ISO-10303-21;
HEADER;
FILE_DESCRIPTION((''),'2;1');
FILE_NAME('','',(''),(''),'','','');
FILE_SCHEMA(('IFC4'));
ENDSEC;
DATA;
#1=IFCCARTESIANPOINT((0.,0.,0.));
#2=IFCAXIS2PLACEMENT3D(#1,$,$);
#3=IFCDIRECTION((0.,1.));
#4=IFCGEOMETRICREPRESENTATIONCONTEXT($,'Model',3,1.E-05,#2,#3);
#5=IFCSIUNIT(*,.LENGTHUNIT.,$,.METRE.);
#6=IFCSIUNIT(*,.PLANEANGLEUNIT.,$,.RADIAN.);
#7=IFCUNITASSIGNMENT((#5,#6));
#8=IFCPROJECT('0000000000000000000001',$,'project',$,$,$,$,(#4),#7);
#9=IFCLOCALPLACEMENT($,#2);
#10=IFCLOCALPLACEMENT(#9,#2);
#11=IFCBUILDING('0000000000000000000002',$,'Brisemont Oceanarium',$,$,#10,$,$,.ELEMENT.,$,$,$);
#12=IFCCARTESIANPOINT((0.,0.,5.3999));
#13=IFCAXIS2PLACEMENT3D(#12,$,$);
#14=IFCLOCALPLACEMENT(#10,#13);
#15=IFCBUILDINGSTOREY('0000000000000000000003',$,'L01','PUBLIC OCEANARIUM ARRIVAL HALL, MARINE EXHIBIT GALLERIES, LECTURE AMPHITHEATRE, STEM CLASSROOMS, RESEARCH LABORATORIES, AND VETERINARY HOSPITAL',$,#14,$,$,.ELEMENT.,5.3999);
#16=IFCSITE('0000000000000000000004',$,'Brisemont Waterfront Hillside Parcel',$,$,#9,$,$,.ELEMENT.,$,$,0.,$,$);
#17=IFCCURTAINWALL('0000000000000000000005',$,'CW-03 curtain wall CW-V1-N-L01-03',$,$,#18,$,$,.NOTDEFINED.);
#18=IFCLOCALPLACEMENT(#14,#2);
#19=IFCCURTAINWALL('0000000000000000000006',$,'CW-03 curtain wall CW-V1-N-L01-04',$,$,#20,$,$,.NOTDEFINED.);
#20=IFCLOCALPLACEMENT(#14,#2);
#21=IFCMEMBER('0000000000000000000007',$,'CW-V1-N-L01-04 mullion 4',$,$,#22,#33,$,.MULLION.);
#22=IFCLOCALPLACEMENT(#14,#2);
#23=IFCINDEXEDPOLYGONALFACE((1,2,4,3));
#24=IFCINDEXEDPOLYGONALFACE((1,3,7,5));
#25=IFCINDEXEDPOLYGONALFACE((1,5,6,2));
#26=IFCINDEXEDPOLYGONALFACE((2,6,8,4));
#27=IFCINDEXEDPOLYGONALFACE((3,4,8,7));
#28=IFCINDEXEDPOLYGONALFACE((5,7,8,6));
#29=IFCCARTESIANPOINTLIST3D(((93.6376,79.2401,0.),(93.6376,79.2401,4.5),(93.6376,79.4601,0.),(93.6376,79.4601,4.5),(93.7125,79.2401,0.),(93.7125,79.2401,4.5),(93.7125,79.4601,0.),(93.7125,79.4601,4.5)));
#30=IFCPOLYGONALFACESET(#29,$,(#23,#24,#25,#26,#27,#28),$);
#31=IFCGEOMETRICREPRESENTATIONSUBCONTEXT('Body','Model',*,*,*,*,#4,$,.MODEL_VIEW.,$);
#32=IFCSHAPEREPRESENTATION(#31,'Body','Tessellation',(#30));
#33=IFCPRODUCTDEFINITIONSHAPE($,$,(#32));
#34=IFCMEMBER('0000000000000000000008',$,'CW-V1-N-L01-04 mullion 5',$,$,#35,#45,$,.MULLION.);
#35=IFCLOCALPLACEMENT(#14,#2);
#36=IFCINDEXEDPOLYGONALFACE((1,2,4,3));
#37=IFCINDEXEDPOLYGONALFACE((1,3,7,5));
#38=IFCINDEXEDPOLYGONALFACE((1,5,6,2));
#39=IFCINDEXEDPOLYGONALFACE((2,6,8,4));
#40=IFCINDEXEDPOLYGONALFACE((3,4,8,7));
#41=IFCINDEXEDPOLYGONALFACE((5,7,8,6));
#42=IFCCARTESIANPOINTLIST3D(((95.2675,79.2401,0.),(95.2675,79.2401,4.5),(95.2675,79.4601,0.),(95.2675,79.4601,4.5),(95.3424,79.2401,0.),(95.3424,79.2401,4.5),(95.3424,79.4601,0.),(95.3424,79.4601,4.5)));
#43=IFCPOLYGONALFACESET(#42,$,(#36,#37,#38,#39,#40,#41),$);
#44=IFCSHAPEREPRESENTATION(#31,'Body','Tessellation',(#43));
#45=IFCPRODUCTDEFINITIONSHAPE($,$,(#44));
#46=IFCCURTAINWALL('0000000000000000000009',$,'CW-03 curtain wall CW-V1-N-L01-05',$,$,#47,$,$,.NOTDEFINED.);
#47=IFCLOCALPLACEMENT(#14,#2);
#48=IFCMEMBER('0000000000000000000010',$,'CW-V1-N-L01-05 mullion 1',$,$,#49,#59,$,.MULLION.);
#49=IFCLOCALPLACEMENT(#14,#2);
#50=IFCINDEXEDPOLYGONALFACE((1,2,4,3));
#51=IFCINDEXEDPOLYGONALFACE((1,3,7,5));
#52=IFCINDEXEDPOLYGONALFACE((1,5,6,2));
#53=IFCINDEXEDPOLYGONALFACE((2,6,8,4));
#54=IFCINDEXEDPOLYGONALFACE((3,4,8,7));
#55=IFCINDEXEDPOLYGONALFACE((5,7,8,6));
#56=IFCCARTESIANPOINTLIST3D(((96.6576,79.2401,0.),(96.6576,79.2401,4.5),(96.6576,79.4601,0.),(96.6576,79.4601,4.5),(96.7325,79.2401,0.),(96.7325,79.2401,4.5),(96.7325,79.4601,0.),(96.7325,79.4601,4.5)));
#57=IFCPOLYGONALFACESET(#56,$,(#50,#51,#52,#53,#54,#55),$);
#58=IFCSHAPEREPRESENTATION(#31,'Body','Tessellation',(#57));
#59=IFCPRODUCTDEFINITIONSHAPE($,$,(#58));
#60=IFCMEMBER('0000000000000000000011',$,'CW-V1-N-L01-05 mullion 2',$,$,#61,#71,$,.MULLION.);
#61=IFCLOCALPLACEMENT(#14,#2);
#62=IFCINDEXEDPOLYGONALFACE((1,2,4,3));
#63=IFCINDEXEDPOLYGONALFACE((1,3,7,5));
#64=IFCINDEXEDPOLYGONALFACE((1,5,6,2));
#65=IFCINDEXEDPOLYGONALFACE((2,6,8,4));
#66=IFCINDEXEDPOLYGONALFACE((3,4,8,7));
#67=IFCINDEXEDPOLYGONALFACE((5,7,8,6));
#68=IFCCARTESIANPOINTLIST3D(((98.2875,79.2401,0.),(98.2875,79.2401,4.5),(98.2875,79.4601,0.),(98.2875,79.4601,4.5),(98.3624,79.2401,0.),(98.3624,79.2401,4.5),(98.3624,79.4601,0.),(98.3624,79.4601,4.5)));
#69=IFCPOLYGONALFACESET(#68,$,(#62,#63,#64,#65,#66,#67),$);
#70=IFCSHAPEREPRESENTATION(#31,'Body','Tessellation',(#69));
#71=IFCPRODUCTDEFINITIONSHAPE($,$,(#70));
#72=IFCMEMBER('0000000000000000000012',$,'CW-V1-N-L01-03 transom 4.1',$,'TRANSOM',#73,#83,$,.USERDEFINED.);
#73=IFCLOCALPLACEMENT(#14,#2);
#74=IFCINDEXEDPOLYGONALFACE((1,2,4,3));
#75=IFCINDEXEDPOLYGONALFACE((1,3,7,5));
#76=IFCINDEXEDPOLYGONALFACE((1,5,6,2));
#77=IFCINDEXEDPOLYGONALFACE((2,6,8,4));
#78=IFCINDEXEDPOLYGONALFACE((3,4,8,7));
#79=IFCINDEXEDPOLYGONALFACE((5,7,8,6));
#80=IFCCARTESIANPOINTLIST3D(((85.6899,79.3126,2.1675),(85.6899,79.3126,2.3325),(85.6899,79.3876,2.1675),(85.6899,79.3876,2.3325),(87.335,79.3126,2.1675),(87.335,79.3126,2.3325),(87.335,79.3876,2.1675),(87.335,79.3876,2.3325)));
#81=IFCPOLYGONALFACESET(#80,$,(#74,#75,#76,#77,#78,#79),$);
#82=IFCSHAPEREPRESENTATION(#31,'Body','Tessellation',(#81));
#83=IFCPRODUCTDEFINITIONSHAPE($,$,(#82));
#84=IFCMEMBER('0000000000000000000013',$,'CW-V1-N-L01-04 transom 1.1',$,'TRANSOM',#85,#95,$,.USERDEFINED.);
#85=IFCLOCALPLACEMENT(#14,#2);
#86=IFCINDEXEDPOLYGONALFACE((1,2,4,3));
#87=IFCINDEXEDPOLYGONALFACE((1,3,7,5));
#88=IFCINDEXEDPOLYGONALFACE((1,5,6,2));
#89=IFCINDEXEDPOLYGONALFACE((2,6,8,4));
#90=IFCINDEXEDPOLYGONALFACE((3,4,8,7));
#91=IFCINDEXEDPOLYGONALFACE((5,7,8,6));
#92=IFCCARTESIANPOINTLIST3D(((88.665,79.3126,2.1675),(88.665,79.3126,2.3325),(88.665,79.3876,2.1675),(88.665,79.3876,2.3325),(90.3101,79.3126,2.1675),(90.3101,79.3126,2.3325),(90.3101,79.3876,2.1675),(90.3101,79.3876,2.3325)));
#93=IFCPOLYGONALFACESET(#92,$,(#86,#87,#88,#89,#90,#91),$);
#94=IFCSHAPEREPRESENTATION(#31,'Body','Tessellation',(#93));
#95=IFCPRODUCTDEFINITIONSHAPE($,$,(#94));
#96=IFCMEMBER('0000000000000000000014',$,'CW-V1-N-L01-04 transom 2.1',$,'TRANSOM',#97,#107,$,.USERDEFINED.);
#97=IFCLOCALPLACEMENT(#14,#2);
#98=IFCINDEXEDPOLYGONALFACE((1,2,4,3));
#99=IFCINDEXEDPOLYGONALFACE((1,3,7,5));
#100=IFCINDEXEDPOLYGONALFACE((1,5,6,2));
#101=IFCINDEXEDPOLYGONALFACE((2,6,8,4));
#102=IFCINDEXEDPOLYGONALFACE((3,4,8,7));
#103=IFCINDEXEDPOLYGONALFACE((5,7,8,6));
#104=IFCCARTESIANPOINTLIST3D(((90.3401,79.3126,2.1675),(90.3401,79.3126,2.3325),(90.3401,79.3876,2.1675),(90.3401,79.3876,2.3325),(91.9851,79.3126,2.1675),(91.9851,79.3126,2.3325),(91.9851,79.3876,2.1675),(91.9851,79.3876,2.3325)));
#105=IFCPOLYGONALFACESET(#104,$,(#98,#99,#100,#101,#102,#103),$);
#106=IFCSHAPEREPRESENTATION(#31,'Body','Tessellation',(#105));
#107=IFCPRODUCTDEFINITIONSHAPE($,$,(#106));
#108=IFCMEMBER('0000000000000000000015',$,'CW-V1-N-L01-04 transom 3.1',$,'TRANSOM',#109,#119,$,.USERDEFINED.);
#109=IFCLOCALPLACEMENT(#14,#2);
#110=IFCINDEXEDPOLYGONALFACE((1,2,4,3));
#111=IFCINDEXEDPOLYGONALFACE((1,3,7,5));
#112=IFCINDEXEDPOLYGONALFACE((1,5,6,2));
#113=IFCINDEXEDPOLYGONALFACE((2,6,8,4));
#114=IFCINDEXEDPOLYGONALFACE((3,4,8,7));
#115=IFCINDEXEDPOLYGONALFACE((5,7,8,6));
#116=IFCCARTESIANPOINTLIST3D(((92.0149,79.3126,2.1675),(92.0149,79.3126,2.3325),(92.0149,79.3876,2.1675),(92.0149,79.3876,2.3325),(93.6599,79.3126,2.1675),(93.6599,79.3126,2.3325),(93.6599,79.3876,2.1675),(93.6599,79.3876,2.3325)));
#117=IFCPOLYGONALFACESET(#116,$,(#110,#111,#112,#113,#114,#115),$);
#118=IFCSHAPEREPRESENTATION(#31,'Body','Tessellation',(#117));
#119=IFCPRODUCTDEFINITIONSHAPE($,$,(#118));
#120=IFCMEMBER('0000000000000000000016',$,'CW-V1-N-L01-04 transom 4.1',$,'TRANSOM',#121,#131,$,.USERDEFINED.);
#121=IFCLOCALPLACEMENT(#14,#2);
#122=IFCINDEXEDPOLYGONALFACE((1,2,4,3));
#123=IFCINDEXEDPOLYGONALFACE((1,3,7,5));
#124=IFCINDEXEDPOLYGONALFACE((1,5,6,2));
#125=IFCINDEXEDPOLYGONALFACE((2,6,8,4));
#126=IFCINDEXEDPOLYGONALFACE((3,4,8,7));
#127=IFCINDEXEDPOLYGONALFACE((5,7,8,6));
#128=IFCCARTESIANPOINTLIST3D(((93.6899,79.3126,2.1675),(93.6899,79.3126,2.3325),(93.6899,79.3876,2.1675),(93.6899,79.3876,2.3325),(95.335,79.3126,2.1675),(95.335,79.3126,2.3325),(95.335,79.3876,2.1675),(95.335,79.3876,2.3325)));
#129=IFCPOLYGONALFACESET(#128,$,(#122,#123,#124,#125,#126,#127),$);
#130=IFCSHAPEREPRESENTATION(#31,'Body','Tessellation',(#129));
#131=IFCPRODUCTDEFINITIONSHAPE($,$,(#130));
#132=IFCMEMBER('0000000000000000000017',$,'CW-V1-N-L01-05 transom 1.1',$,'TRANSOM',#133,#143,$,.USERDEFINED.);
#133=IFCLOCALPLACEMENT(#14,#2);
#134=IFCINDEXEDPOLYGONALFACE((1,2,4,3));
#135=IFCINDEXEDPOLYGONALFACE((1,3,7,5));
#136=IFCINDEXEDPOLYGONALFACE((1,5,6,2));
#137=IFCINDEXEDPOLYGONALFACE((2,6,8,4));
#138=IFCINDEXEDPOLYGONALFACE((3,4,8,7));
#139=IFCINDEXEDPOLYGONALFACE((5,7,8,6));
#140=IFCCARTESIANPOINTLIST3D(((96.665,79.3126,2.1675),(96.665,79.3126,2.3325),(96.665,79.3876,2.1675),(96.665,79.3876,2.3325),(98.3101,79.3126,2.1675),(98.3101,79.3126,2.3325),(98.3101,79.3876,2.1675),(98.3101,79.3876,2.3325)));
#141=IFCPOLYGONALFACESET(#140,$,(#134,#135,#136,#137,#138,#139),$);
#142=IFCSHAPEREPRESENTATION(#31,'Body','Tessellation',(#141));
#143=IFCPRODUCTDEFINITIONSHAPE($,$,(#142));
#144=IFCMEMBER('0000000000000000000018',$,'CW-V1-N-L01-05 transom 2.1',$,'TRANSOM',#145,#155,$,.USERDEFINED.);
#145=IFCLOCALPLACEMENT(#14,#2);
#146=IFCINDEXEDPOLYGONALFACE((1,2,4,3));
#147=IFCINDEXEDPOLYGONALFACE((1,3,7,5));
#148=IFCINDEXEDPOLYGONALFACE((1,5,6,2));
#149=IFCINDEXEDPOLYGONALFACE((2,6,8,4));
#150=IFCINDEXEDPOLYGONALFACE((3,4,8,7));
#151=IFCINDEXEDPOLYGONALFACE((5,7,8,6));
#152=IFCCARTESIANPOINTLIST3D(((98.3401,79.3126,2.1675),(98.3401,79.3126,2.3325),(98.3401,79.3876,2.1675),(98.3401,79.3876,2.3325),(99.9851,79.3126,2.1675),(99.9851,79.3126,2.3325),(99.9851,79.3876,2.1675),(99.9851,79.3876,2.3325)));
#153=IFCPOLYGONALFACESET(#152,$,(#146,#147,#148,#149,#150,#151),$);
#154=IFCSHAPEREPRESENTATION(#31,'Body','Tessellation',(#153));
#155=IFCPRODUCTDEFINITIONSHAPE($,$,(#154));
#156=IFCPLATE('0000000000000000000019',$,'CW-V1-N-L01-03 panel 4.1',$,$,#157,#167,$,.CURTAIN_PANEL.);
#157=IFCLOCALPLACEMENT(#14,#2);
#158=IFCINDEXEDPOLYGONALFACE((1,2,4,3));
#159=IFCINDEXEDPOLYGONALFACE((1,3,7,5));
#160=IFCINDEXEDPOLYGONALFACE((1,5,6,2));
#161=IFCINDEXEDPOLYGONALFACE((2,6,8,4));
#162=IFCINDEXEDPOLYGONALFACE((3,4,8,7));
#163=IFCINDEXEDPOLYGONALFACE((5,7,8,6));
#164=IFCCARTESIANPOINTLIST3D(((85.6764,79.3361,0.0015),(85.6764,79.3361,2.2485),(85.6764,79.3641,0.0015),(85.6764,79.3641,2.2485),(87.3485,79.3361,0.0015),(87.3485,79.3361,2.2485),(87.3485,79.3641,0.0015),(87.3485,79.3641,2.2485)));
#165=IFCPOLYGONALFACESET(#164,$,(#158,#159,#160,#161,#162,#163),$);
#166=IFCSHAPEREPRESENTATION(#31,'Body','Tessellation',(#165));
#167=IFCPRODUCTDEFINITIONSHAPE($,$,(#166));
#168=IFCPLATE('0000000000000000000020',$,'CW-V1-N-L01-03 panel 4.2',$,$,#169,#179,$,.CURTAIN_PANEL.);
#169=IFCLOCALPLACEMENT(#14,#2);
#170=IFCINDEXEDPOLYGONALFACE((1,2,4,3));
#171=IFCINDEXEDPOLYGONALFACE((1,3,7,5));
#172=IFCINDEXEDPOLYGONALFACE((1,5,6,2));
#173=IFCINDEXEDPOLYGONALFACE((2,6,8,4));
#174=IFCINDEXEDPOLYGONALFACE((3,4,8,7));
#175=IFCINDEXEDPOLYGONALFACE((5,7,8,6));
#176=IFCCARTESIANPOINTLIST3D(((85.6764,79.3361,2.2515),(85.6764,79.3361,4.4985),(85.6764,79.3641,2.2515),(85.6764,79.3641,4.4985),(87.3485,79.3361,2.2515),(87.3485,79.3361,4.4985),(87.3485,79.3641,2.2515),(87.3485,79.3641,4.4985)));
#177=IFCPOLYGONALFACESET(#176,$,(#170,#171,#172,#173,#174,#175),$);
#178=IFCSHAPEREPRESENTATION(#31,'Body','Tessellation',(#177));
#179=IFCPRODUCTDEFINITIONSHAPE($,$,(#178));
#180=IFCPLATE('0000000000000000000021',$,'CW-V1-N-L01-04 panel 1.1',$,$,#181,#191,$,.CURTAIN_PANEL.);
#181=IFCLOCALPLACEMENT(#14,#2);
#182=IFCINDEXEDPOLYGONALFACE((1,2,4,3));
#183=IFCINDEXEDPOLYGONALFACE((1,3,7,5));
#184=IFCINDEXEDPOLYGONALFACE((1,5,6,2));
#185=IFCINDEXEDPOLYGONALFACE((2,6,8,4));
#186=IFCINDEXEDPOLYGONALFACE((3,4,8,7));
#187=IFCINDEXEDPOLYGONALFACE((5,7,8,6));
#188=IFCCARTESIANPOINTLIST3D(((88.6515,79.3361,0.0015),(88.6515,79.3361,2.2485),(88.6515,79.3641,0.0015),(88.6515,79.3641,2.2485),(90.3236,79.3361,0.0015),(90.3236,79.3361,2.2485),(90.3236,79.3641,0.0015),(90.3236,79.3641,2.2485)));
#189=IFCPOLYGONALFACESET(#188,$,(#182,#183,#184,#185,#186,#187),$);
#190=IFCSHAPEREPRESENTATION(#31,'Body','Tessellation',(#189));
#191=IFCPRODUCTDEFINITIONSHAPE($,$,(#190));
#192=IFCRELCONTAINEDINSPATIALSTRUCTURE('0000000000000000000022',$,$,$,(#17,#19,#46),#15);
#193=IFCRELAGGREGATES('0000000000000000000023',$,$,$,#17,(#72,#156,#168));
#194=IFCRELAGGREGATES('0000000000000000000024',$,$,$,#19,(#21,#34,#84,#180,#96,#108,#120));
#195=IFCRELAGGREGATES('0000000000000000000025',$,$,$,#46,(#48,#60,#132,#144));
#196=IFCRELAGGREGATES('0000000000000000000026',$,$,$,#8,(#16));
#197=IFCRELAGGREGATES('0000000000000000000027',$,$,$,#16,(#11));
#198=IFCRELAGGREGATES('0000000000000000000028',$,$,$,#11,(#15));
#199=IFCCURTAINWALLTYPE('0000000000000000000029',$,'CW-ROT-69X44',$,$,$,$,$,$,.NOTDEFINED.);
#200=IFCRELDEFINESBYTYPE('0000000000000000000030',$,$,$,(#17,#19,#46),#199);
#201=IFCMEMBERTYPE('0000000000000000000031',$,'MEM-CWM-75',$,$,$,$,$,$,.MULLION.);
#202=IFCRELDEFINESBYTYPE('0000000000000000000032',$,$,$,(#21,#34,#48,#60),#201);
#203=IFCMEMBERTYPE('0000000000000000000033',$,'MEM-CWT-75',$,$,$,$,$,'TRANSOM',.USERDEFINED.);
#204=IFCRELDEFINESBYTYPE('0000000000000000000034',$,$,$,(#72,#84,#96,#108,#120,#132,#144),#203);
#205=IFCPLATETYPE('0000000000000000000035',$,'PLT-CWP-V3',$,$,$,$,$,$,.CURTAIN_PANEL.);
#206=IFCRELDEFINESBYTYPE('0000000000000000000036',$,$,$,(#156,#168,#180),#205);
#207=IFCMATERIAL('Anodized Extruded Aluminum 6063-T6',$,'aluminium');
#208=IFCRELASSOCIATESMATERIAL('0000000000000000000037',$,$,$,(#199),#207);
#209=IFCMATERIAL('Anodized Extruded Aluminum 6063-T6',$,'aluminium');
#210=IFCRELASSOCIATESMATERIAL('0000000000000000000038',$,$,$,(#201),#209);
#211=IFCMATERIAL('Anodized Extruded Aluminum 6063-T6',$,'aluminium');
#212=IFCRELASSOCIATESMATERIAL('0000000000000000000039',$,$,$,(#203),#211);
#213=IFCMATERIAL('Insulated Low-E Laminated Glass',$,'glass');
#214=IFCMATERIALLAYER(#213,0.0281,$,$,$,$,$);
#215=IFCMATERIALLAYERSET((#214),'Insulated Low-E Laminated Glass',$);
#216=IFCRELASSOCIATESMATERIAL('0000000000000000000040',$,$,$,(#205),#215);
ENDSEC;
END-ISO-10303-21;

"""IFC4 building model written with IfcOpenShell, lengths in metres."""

from ifc_helpers import new_model, si_unit, direction, frame, origin, origin_2d, place, context, subcontext, project, spatial, rectangle, extrude, material, layer, layer_set, material_profile, profile_set, type_object, element, aggregate, save


model = new_model("IFC4")

# Units and contexts
model_context = context("Model", 3, precision=1e-05, world=origin(), true_north=direction((0.0, 1.0)))
body_context = subcontext(model_context, "Body", "Model", "MODEL_VIEW")
ifc_project = project(units=[si_unit("LENGTHUNIT", "METRE"), si_unit("PLANEANGLEUNIT", "RADIAN")], contexts=[model_context])

# Site, building, storey
site_placement = place(None, origin())
site = spatial("IfcSite", under=ifc_project, at=site_placement, Name="Brisemont Waterfront Hillside Parcel", CompositionType="ELEMENT", RefElevation=0.0)
building_placement = place(site_placement, origin())
building = spatial("IfcBuilding", under=site, at=building_placement, Name="Brisemont Oceanarium", CompositionType="ELEMENT")
storey_placement = place(building_placement, frame((0.0, 0.0, 5.3999)))
storey = spatial("IfcBuildingStorey", under=building, at=storey_placement, Name="L01", Description="PUBLIC OCEANARIUM ARRIVAL HALL, MARINE EXHIBIT GALLERIES, LECTURE AMPHITHEATRE, STEM CLASSROOMS, RESEARCH LABORATORIES, AND VETERINARY HOSPITAL", CompositionType="ELEMENT", Elevation=5.3999)

# Curtain walls, members
ifc_material_1 = material(Name="Anodized Extruded Aluminum 6063-T6", Category="aluminium")
curtain_wall_type = type_object("IfcCurtainWallType", Name="CW-ROT-69X44", PredefinedType="NOTDEFINED", material=ifc_material_1)
curtain_wall_1_placement = place(storey_placement, origin())
curtain_wall_1 = element("IfcCurtainWall", 1, at=curtain_wall_1_placement, inside=storey, type_object=curtain_wall_type, Name="CW-03 curtain wall CW-V1-N-L01-03", PredefinedType="NOTDEFINED")
ifc_material_2 = material(Name="Anodized Extruded Aluminum 6063-T6", Category="aluminium")
ifc_material_profile_1 = material_profile(ifc_material_2, rectangle(XDim=0.075, YDim=0.22, at=origin_2d()), Name="CWM-75X220")
ifc_profile_set_1 = profile_set([ifc_material_profile_1], Name="Anodized Extruded Aluminum 6063-T6")
member_type_1 = type_object("IfcMemberType", Name="MEM-CWM-75", PredefinedType="MULLION", material=ifc_profile_set_1)
curtain_wall_2_placement = place(storey_placement, origin())
curtain_wall_2 = element("IfcCurtainWall", 2, at=curtain_wall_2_placement, inside=storey, type_object=curtain_wall_type, Name="CW-03 curtain wall CW-V1-N-L01-04", PredefinedType="NOTDEFINED")
member_1_placement = place(storey_placement, frame((93.675, 79.3501, 0.0), z_axis=(0.0, 0.0, 1.0), x_axis=(1.0, 0.0, 0.0)))
member_1 = element("IfcMember", 3, at=member_1_placement, type_object=member_type_1, Name="CW-V1-N-L01-04 mullion 4", PredefinedType="MULLION", context=body_context, shape_type="SweptSolid", body=[
    extrude(rectangle(XDim=0.075, YDim=0.22, at=origin_2d()), origin(), (0.0, 0.0, 1.0), 4.5),
])
member_2_placement = place(storey_placement, frame((95.3049, 79.3501, 0.0), z_axis=(0.0, 0.0, 1.0), x_axis=(1.0, 0.0, 0.0)))
member_2 = element("IfcMember", 4, at=member_2_placement, type_object=member_type_1, Name="CW-V1-N-L01-04 mullion 5", PredefinedType="MULLION", context=body_context, shape_type="SweptSolid", body=[
    extrude(rectangle(XDim=0.075, YDim=0.22, at=origin_2d()), origin(), (0.0, 0.0, 1.0), 4.5),
])
curtain_wall_3_placement = place(storey_placement, origin())
curtain_wall_3 = element("IfcCurtainWall", 5, at=curtain_wall_3_placement, inside=storey, type_object=curtain_wall_type, Name="CW-03 curtain wall CW-V1-N-L01-05", PredefinedType="NOTDEFINED")
member_3_placement = place(storey_placement, frame((96.6951, 79.3501, 0.0), z_axis=(0.0, 0.0, 1.0), x_axis=(1.0, 0.0, 0.0)))
member_3 = element("IfcMember", 6, at=member_3_placement, type_object=member_type_1, Name="CW-V1-N-L01-05 mullion 1", PredefinedType="MULLION", context=body_context, shape_type="SweptSolid", body=[
    extrude(rectangle(XDim=0.075, YDim=0.22, at=origin_2d()), origin(), (0.0, 0.0, 1.0), 4.5),
])
member_4_placement = place(storey_placement, frame((98.325, 79.3501, 0.0), z_axis=(0.0, 0.0, 1.0), x_axis=(1.0, 0.0, 0.0)))
member_4 = element("IfcMember", 7, at=member_4_placement, type_object=member_type_1, Name="CW-V1-N-L01-05 mullion 2", PredefinedType="MULLION", context=body_context, shape_type="SweptSolid", body=[
    extrude(rectangle(XDim=0.075, YDim=0.22, at=origin_2d()), origin(), (0.0, 0.0, 1.0), 4.5),
])

# Members
ifc_material_3 = material(Name="Anodized Extruded Aluminum 6063-T6", Category="aluminium")
ifc_material_profile_2 = material_profile(ifc_material_3, rectangle(XDim=0.075, YDim=0.165, at=origin_2d()), Name="CWT-75X165")
ifc_profile_set_2 = profile_set([ifc_material_profile_2], Name="Anodized Extruded Aluminum 6063-T6")
member_type_2 = type_object("IfcMemberType", Name="MEM-CWT-75", ElementType="TRANSOM", PredefinedType="USERDEFINED", material=ifc_profile_set_2)
member_5_placement = place(storey_placement, frame((85.6899, 79.3501, 2.25), z_axis=(1.0, 0.0, 0.0), x_axis=(0.0, 1.0, 0.0)))
member_5 = element("IfcMember", 8, at=member_5_placement, type_object=member_type_2, Name="CW-V1-N-L01-03 transom 4.1", ObjectType="TRANSOM", PredefinedType="USERDEFINED", context=body_context, shape_type="SweptSolid", body=[
    extrude(rectangle(XDim=0.075, YDim=0.165, at=origin_2d()), origin(), (0.0, 0.0, 1.0), 1.645),
])
member_6_placement = place(storey_placement, frame((88.665, 79.3501, 2.25), z_axis=(1.0, 0.0, 0.0), x_axis=(0.0, 1.0, 0.0)))
member_6 = element("IfcMember", 9, at=member_6_placement, type_object=member_type_2, Name="CW-V1-N-L01-04 transom 1.1", ObjectType="TRANSOM", PredefinedType="USERDEFINED", context=body_context, shape_type="SweptSolid", body=[
    extrude(rectangle(XDim=0.075, YDim=0.165, at=origin_2d()), origin(), (0.0, 0.0, 1.0), 1.645),
])
member_7_placement = place(storey_placement, frame((90.3401, 79.3501, 2.25), z_axis=(1.0, 0.0, 0.0), x_axis=(0.0, 1.0, 0.0)))
member_7 = element("IfcMember", 10, at=member_7_placement, type_object=member_type_2, Name="CW-V1-N-L01-04 transom 2.1", ObjectType="TRANSOM", PredefinedType="USERDEFINED", context=body_context, shape_type="SweptSolid", body=[
    extrude(rectangle(XDim=0.075, YDim=0.165, at=origin_2d()), origin(), (0.0, 0.0, 1.0), 1.645),
])
member_8_placement = place(storey_placement, frame((92.0149, 79.3501, 2.25), z_axis=(1.0, 0.0, 0.0), x_axis=(0.0, 1.0, 0.0)))
member_8 = element("IfcMember", 11, at=member_8_placement, type_object=member_type_2, Name="CW-V1-N-L01-04 transom 3.1", ObjectType="TRANSOM", PredefinedType="USERDEFINED", context=body_context, shape_type="SweptSolid", body=[
    extrude(rectangle(XDim=0.075, YDim=0.165, at=origin_2d()), origin(), (0.0, 0.0, 1.0), 1.645),
])
member_9_placement = place(storey_placement, frame((93.6899, 79.3501, 2.25), z_axis=(1.0, 0.0, 0.0), x_axis=(0.0, 1.0, 0.0)))
member_9 = element("IfcMember", 12, at=member_9_placement, type_object=member_type_2, Name="CW-V1-N-L01-04 transom 4.1", ObjectType="TRANSOM", PredefinedType="USERDEFINED", context=body_context, shape_type="SweptSolid", body=[
    extrude(rectangle(XDim=0.075, YDim=0.165, at=origin_2d()), origin(), (0.0, 0.0, 1.0), 1.645),
])
member_10_placement = place(storey_placement, frame((96.665, 79.3501, 2.25), z_axis=(1.0, 0.0, 0.0), x_axis=(0.0, 1.0, 0.0)))
member_10 = element("IfcMember", 13, at=member_10_placement, type_object=member_type_2, Name="CW-V1-N-L01-05 transom 1.1", ObjectType="TRANSOM", PredefinedType="USERDEFINED", context=body_context, shape_type="SweptSolid", body=[
    extrude(rectangle(XDim=0.075, YDim=0.165, at=origin_2d()), origin(), (0.0, 0.0, 1.0), 1.645),
])
member_11_placement = place(storey_placement, frame((98.3401, 79.3501, 2.25), z_axis=(1.0, 0.0, 0.0), x_axis=(0.0, 1.0, 0.0)))
member_11 = element("IfcMember", 14, at=member_11_placement, type_object=member_type_2, Name="CW-V1-N-L01-05 transom 2.1", ObjectType="TRANSOM", PredefinedType="USERDEFINED", context=body_context, shape_type="SweptSolid", body=[
    extrude(rectangle(XDim=0.075, YDim=0.165, at=origin_2d()), origin(), (0.0, 0.0, 1.0), 1.645),
])

# Plates
ifc_material_4 = material(Name="Insulated Low-E Laminated Glass", Category="glass")
ifc_layer = layer(ifc_material_4, 0.0281)
ifc_layer_set = layer_set([ifc_layer], Name="Insulated Low-E Laminated Glass")
plate_type = type_object("IfcPlateType", Name="PLT-CWP-V3", PredefinedType="CURTAIN_PANEL", material=ifc_layer_set)
plate_1_placement = place(storey_placement, frame((86.5125, 79.3501, 0.0015), z_axis=(0.0, 0.0, 1.0), x_axis=(1.0, 0.0, 0.0)))
plate_1 = element("IfcPlate", 15, at=plate_1_placement, type_object=plate_type, Name="CW-V1-N-L01-03 panel 4.1", PredefinedType="CURTAIN_PANEL", context=body_context, shape_type="SweptSolid", body=[
    extrude(rectangle(XDim=1.6721, YDim=0.0281, at=origin_2d()), origin(), (0.0, 0.0, 1.0), 2.2471),
])
plate_2_placement = place(storey_placement, frame((86.5125, 79.3501, 2.2515), z_axis=(0.0, 0.0, 1.0), x_axis=(1.0, 0.0, 0.0)))
plate_2 = element("IfcPlate", 16, at=plate_2_placement, type_object=plate_type, Name="CW-V1-N-L01-03 panel 4.2", PredefinedType="CURTAIN_PANEL", context=body_context, shape_type="SweptSolid", body=[
    extrude(rectangle(XDim=1.6721, YDim=0.0281, at=origin_2d()), origin(), (0.0, 0.0, 1.0), 2.2471),
])
aggregate(curtain_wall_1, [member_5, plate_1, plate_2])
plate_3_placement = place(storey_placement, frame((89.4875, 79.3501, 0.0015), z_axis=(0.0, 0.0, 1.0), x_axis=(1.0, 0.0, 0.0)))
plate_3 = element("IfcPlate", 17, at=plate_3_placement, type_object=plate_type, Name="CW-V1-N-L01-04 panel 1.1", PredefinedType="CURTAIN_PANEL", context=body_context, shape_type="SweptSolid", body=[
    extrude(rectangle(XDim=1.6721, YDim=0.0281, at=origin_2d()), origin(), (0.0, 0.0, 1.0), 2.2471),
])
aggregate(curtain_wall_2, [member_1, member_2, member_6, plate_3, member_7, member_8, member_9])
aggregate(curtain_wall_3, [member_3, member_4, member_10, member_11])

save(model, "model.ifc")
